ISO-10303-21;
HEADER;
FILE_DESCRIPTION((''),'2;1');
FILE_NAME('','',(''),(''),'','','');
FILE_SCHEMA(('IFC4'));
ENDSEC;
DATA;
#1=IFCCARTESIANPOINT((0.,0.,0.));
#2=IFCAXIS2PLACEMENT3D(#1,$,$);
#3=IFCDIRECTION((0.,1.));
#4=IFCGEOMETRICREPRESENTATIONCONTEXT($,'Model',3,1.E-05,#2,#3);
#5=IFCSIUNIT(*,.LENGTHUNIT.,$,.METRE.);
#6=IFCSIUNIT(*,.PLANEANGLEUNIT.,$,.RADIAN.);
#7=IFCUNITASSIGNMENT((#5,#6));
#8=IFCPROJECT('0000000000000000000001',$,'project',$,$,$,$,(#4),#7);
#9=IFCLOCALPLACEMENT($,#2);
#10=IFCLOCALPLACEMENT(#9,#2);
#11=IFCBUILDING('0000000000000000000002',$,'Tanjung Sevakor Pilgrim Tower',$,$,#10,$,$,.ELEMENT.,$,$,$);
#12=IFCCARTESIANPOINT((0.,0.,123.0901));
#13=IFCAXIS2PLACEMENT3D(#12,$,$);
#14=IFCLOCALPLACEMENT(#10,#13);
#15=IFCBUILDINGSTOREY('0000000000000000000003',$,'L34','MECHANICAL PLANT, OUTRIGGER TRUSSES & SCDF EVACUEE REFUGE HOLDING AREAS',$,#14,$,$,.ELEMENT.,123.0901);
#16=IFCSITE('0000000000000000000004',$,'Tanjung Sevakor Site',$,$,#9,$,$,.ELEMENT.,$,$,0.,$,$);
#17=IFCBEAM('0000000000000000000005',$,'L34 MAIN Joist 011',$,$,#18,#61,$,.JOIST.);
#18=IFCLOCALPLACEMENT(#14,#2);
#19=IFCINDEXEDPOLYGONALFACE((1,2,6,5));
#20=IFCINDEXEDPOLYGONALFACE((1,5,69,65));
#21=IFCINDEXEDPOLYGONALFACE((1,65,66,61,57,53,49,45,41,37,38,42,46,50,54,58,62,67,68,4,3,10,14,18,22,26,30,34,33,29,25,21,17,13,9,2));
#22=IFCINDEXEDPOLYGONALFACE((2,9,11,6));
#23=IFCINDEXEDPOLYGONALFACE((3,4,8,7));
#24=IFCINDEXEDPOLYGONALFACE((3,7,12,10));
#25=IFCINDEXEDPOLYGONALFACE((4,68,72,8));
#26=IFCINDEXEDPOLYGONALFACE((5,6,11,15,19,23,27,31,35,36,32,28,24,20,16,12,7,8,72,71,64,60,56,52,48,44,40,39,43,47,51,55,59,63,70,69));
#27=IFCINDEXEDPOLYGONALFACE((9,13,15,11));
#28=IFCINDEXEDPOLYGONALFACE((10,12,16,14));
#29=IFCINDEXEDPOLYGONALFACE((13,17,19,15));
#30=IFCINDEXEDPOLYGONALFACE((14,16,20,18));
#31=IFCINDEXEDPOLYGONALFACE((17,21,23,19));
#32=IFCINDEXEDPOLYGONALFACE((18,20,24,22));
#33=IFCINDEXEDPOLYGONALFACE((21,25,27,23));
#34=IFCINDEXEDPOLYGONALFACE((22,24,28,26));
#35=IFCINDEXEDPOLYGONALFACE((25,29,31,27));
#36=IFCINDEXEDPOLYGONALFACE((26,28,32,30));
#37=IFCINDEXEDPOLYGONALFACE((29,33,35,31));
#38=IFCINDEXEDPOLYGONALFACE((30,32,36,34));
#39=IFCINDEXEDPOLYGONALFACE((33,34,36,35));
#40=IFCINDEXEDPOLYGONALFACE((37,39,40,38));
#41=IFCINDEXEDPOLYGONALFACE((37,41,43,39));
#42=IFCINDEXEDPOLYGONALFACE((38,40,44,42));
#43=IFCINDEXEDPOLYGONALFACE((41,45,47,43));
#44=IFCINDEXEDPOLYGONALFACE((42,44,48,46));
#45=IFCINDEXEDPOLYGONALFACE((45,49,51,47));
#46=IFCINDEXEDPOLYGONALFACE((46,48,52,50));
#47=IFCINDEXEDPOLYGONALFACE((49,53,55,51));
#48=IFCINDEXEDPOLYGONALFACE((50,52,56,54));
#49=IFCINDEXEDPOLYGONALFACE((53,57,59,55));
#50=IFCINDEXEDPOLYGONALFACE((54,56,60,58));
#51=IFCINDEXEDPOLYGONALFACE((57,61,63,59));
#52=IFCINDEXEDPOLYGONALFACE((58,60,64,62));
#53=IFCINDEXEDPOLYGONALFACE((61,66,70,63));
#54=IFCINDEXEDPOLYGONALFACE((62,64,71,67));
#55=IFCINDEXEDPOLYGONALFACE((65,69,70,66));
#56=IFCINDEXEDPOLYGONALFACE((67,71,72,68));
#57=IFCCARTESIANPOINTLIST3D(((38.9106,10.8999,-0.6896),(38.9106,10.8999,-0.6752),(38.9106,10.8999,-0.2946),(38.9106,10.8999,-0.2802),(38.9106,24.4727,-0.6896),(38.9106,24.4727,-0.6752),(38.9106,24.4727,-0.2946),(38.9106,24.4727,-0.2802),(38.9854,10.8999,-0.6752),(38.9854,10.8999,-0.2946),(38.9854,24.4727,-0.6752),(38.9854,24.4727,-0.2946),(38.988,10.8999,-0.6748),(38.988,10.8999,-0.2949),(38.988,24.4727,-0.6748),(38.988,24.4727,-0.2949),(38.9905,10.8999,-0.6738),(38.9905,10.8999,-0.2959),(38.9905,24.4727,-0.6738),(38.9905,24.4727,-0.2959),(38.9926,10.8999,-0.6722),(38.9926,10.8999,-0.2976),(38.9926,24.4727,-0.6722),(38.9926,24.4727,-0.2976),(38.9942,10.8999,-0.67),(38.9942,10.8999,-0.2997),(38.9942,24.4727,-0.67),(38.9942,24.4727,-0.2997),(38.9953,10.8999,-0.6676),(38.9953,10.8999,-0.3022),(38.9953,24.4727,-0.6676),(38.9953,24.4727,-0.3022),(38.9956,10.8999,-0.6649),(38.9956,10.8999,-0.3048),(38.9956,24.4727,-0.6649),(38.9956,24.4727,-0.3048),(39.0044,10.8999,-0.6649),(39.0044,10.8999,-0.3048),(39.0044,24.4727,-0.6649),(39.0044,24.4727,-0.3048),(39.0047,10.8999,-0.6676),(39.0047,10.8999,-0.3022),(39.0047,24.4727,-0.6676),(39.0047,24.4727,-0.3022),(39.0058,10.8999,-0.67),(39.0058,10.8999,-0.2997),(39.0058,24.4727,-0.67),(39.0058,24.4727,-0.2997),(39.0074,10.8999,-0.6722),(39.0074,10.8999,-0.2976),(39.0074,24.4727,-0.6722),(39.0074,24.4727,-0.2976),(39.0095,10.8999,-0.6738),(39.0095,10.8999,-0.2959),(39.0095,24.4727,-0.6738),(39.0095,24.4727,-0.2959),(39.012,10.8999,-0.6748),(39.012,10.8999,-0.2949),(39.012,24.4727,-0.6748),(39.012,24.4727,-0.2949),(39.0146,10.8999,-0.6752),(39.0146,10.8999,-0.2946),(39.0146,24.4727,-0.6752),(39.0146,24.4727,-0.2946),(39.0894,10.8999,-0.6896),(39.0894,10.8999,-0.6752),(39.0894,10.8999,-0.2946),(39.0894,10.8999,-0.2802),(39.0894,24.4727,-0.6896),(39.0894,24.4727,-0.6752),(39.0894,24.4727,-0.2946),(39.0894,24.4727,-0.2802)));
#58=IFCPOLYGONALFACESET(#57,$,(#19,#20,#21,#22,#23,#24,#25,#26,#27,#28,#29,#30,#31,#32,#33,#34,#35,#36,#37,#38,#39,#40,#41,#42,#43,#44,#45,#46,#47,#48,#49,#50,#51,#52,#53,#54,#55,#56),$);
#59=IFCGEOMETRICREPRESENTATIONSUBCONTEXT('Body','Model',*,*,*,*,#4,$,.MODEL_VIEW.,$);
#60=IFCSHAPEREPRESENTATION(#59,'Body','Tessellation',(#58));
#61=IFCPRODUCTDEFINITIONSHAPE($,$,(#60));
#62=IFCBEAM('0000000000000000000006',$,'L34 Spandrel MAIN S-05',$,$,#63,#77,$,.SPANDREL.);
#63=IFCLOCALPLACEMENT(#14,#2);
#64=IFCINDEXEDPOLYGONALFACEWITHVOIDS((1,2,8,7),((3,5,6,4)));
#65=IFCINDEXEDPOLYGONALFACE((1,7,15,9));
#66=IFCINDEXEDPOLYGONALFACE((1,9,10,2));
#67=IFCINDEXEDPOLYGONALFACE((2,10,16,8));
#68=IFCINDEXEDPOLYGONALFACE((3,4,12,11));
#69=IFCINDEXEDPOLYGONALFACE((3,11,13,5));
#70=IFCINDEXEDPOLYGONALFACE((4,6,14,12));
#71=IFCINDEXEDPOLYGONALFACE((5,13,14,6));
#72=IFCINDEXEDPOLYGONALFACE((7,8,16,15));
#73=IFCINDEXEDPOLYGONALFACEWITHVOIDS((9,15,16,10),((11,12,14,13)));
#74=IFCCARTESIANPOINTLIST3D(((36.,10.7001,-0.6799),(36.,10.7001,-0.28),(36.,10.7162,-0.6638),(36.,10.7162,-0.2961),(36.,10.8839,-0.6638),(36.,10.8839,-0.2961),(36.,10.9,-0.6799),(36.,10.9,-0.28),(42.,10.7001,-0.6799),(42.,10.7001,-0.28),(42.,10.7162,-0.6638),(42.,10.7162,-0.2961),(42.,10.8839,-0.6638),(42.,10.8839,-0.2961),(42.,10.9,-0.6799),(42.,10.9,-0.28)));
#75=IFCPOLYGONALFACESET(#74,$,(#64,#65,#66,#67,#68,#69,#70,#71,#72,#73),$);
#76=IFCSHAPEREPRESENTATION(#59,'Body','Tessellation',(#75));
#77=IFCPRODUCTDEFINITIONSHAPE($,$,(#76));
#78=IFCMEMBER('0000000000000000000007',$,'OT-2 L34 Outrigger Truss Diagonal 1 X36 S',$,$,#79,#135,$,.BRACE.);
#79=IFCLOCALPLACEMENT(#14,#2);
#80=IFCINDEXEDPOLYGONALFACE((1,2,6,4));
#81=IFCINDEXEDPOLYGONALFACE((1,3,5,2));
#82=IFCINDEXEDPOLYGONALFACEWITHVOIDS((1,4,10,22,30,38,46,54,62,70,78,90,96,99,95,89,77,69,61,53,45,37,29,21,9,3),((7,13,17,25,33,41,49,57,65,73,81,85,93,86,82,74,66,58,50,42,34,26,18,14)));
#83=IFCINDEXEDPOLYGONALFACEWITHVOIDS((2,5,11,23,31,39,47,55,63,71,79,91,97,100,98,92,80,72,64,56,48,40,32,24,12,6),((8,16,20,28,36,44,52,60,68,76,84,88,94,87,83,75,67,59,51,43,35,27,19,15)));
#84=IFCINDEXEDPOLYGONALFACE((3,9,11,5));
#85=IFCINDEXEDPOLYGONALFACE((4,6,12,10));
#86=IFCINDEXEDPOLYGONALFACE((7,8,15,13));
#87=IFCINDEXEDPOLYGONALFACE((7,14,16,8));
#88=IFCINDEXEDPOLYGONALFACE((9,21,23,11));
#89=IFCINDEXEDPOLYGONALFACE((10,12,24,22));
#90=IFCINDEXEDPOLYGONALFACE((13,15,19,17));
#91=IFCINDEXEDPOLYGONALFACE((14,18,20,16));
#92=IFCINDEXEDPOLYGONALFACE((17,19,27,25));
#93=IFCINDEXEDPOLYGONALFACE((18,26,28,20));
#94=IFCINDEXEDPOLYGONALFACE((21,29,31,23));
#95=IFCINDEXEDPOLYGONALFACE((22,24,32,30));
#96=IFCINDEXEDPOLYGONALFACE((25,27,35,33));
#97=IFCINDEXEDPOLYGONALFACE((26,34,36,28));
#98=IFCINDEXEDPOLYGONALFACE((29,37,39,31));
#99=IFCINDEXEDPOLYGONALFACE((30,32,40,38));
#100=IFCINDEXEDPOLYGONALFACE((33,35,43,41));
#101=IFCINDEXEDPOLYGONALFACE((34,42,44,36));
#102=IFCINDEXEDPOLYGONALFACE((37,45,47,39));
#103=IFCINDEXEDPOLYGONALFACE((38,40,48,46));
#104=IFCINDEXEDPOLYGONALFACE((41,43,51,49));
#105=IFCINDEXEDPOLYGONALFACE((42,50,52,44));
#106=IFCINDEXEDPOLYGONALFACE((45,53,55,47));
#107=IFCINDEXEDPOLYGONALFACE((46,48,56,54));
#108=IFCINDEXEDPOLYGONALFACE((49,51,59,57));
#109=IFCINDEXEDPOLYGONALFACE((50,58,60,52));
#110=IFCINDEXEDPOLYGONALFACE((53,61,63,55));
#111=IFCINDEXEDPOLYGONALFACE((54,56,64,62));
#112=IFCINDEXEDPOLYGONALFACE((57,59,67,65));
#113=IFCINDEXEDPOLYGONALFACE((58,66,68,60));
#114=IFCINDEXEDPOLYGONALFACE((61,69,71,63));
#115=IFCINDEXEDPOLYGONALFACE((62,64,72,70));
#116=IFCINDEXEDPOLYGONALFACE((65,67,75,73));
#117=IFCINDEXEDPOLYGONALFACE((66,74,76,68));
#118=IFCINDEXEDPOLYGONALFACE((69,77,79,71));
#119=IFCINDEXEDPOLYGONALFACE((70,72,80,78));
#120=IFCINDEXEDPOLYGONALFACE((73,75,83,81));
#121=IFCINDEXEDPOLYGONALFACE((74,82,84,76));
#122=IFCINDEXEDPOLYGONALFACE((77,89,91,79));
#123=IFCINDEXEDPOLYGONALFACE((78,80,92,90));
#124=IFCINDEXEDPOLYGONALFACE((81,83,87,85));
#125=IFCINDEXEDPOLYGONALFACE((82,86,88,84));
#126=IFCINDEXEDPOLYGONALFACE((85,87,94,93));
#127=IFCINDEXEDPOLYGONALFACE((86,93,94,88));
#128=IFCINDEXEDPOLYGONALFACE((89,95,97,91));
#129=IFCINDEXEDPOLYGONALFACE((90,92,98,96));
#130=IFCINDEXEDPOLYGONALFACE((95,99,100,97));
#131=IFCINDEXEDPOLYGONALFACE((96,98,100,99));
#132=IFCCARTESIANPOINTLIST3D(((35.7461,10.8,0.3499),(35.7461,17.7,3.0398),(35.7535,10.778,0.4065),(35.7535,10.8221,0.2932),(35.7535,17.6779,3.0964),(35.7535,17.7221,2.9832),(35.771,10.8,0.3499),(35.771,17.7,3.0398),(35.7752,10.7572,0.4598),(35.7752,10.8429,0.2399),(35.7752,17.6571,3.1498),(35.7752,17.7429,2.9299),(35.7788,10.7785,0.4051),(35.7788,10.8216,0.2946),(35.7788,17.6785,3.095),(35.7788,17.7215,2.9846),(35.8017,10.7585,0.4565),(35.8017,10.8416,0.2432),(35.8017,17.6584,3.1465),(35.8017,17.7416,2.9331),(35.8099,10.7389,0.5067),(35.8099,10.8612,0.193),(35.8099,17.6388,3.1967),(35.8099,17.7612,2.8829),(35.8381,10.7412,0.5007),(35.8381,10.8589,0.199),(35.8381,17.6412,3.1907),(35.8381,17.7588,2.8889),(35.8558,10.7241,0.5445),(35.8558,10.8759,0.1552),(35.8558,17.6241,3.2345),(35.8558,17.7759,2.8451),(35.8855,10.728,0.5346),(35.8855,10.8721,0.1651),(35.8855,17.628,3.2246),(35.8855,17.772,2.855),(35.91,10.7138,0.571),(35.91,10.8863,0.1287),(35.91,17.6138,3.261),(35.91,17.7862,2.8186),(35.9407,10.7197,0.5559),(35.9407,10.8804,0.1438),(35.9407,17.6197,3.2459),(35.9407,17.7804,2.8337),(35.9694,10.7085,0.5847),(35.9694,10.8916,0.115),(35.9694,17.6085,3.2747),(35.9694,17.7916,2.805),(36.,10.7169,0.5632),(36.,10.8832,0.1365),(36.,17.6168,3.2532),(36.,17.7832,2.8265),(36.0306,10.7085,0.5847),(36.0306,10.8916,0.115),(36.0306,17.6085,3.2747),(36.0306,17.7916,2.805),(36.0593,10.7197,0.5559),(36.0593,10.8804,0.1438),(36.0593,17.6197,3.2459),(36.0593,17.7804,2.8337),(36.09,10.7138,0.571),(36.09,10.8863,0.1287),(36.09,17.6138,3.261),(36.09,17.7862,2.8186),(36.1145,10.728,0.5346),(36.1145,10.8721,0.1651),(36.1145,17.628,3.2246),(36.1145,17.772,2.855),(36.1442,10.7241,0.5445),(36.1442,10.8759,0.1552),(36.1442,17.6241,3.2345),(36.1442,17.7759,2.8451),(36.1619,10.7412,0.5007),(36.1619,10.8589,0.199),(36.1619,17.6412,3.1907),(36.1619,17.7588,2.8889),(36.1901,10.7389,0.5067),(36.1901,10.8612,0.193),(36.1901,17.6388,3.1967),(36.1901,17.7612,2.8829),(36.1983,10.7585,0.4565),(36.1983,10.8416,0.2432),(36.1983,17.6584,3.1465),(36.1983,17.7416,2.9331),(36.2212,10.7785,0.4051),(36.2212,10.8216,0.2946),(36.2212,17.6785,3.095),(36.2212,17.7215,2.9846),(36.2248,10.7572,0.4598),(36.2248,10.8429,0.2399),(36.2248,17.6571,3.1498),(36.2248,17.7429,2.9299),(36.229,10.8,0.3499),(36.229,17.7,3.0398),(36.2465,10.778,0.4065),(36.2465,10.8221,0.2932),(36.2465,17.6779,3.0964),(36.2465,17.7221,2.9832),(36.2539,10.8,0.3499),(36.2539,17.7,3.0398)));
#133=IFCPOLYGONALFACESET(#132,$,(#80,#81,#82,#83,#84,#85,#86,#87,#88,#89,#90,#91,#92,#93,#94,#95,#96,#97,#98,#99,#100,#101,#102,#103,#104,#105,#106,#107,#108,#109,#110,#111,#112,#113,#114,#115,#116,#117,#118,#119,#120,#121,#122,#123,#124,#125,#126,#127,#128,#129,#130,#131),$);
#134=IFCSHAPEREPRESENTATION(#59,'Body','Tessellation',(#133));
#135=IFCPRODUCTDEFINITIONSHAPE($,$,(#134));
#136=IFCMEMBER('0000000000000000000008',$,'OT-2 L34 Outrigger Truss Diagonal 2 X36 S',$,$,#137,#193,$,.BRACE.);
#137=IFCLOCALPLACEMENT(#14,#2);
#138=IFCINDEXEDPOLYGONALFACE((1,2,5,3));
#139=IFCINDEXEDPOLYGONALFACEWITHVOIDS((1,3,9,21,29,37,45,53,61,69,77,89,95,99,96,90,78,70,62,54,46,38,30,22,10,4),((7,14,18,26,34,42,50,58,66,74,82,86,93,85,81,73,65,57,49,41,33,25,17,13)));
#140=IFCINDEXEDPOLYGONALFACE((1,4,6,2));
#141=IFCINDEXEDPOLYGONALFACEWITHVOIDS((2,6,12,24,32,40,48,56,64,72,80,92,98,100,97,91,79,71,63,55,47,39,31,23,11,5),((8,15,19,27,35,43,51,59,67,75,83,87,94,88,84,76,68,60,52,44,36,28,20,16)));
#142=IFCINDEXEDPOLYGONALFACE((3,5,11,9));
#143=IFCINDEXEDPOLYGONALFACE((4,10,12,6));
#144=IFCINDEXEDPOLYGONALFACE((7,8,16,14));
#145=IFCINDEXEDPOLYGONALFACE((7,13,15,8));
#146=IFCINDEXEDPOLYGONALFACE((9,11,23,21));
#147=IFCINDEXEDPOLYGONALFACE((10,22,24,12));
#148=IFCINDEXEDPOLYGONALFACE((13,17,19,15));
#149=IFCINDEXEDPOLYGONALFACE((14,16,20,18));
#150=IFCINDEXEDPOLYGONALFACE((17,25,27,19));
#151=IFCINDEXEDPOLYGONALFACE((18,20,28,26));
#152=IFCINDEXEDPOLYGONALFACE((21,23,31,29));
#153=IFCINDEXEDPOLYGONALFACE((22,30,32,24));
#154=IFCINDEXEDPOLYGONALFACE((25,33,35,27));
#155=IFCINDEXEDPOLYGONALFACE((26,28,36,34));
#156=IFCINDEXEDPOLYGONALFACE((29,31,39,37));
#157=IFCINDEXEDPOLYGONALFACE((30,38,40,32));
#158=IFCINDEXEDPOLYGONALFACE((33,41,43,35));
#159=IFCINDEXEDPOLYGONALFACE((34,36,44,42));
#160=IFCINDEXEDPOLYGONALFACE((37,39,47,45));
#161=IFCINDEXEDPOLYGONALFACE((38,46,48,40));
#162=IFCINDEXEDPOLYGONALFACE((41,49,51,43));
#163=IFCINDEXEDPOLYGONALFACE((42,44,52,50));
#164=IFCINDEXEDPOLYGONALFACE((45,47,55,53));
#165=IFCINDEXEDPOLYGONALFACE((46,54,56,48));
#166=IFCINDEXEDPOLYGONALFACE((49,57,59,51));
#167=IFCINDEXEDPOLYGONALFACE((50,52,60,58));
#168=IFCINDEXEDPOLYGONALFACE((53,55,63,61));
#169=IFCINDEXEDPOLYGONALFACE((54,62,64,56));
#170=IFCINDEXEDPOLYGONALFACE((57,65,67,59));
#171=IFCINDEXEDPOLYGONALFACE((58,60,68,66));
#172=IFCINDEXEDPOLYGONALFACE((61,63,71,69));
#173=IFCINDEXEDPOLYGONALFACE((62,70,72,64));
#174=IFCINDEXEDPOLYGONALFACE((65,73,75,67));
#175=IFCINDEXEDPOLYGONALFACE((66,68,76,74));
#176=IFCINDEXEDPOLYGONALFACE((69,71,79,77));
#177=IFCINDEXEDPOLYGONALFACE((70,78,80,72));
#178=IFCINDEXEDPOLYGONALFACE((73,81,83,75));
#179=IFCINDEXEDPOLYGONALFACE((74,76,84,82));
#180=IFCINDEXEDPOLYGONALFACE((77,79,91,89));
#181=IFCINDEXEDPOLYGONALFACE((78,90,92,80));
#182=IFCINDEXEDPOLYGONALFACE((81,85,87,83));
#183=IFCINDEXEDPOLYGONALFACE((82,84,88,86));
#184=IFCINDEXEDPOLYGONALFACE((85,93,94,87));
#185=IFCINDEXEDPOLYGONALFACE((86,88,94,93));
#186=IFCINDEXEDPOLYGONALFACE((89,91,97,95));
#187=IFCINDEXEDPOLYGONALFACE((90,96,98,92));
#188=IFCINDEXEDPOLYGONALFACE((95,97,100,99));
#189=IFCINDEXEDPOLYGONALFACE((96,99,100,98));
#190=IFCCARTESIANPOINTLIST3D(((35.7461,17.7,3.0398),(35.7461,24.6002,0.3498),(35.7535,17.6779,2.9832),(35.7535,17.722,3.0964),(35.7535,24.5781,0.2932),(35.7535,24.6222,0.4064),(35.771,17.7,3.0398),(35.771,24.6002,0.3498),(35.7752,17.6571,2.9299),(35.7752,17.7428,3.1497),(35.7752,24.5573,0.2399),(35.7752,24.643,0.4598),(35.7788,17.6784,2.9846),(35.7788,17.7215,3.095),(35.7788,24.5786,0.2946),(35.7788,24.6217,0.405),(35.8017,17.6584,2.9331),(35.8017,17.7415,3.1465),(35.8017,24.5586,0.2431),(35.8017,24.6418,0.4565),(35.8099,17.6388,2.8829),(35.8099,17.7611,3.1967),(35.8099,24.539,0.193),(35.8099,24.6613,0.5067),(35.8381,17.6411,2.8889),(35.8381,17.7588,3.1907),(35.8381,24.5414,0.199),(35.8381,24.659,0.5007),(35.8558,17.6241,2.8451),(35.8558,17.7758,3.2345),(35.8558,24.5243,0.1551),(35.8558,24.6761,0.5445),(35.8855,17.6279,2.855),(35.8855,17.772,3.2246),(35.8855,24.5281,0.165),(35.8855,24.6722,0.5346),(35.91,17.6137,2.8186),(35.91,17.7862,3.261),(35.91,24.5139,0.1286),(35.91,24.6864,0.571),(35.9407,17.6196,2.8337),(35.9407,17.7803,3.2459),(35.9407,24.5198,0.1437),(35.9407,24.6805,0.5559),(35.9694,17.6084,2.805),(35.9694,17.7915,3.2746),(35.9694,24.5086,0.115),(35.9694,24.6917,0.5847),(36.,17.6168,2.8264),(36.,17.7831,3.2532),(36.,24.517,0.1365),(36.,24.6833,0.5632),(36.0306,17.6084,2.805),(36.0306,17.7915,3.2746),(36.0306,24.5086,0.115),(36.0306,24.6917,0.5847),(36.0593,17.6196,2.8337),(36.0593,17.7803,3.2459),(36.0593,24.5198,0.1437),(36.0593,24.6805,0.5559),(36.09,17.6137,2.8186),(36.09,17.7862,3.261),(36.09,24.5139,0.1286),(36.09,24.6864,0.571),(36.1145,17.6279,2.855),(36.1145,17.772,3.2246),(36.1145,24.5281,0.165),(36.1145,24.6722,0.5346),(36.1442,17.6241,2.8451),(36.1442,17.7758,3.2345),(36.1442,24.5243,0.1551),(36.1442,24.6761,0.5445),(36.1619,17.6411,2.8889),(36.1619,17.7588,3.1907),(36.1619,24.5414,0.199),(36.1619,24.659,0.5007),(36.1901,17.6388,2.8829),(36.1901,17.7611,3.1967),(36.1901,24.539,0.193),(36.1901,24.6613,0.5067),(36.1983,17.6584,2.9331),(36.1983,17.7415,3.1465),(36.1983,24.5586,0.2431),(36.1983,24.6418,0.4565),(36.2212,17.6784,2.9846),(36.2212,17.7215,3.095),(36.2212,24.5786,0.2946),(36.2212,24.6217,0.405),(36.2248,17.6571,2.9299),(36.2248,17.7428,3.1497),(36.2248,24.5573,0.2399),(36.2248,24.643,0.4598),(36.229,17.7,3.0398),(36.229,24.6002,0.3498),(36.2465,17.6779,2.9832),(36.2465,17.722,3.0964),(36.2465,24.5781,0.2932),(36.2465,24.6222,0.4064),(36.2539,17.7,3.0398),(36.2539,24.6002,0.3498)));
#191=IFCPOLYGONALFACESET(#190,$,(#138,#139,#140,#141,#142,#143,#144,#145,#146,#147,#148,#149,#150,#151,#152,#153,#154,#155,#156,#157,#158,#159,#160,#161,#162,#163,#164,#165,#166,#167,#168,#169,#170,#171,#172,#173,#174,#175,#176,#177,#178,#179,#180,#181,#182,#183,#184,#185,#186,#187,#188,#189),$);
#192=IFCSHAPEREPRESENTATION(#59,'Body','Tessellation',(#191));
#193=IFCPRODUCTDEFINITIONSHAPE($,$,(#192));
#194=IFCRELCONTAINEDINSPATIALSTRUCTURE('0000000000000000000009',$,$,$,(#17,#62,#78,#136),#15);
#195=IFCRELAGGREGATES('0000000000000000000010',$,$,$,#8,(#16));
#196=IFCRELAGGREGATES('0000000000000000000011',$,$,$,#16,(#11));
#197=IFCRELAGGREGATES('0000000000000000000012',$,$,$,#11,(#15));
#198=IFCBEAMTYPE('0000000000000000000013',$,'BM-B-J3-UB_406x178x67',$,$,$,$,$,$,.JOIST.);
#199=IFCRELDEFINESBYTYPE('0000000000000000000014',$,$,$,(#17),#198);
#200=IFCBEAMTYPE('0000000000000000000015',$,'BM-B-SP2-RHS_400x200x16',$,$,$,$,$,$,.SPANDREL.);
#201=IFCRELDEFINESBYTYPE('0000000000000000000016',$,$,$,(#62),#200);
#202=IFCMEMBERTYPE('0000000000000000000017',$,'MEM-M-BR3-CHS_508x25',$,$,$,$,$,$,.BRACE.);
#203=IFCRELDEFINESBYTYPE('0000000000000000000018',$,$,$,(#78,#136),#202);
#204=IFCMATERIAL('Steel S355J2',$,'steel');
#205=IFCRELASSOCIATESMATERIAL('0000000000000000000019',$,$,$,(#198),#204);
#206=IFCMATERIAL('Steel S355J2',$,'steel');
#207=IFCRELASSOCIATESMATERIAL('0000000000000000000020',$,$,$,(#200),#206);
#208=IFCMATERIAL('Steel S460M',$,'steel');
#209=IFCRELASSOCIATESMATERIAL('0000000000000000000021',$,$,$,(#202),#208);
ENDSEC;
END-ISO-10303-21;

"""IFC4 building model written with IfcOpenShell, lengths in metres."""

from ifc_helpers import new_model, si_unit, direction, frame, origin, origin_2d, place, context, subcontext, project, spatial, hollow_rectangle, hollow_circle, i_section, extrude, material, material_profile, profile_set, type_object, element, save


model = new_model("IFC4")

# Units and contexts
model_context = context("Model", 3, precision=1e-05, world=origin(), true_north=direction((0.0, 1.0)))
body_context = subcontext(model_context, "Body", "Model", "MODEL_VIEW")
ifc_project = project(units=[si_unit("LENGTHUNIT", "METRE"), si_unit("PLANEANGLEUNIT", "RADIAN")], contexts=[model_context])

# Site, building, storey
site_placement = place(None, origin())
site = spatial("IfcSite", under=ifc_project, at=site_placement, Name="Tanjung Sevakor Site", CompositionType="ELEMENT", RefElevation=0.0)
building_placement = place(site_placement, origin())
building = spatial("IfcBuilding", under=site, at=building_placement, Name="Tanjung Sevakor Pilgrim Tower", CompositionType="ELEMENT")
storey_placement = place(building_placement, frame((0.0, 0.0, 123.0901)))
storey = spatial("IfcBuildingStorey", under=building, at=storey_placement, Name="L34", Description="MECHANICAL PLANT, OUTRIGGER TRUSSES & SCDF EVACUEE REFUGE HOLDING AREAS", CompositionType="ELEMENT", Elevation=123.0901)

# Beams
ifc_material_1 = material(Name="Steel S355J2", Category="steel")
ifc_material_profile_1 = material_profile(ifc_material_1, i_section(OverallWidth=0.1787, OverallDepth=0.4094, WebThickness=0.0088, FlangeThickness=0.0144, FilletRadius=0.0103, at=origin_2d()))
ifc_profile_set_1 = profile_set([ifc_material_profile_1], Name="Steel S355J2")
beam_type_1 = type_object("IfcBeamType", Name="BM-B-J3-UB_406x178x67", PredefinedType="JOIST", material=ifc_profile_set_1)
beam_1_placement = place(storey_placement, frame((39.0, 10.8999, -0.4849), z_axis=(0.0, 1.0, 0.0), x_axis=(-1.0, 0.0, 0.0)))
element("IfcBeam", 1, at=beam_1_placement, inside=storey, type_object=beam_type_1, Name="L34 MAIN Joist 011", PredefinedType="JOIST", context=body_context, shape_type="SweptSolid", body=[
    extrude(i_section(OverallWidth=0.1787, OverallDepth=0.4094, WebThickness=0.0088, FlangeThickness=0.0144, FilletRadius=0.0103, at=origin_2d()), origin(), (0.0, 0.0, 1.0), 13.5728),
])
ifc_material_2 = material(Name="Steel S355J2", Category="steel")
ifc_material_profile_2 = material_profile(ifc_material_2, hollow_rectangle(XDim=0.2, YDim=0.3999, WallThickness=0.0161, at=origin_2d()))
ifc_profile_set_2 = profile_set([ifc_material_profile_2], Name="Steel S355J2")
beam_type_2 = type_object("IfcBeamType", Name="BM-B-SP2-RHS_400x200x16", PredefinedType="SPANDREL", material=ifc_profile_set_2)
beam_2_placement = place(storey_placement, frame((36.0, 10.8, -0.48), z_axis=(1.0, 0.0, 0.0), x_axis=(0.0, 1.0, 0.0)))
element("IfcBeam", 2, at=beam_2_placement, inside=storey, type_object=beam_type_2, Name="L34 Spandrel MAIN S-05", PredefinedType="SPANDREL", context=body_context, shape_type="SweptSolid", body=[
    extrude(hollow_rectangle(XDim=0.2, YDim=0.3999, WallThickness=0.0161, at=origin_2d()), origin(), (0.0, 0.0, 1.0), 6.0),
])

# Members
ifc_material_3 = material(Name="Steel S460M", Category="steel")
ifc_material_profile_3 = material_profile(ifc_material_3, hollow_circle(Radius=0.2539, WallThickness=0.0249, at=origin_2d()))
ifc_profile_set_3 = profile_set([ifc_material_profile_3], Name="Steel S460M")
member_type_1 = type_object("IfcMemberType", Name="MEM-M-BR3-CHS_508x25", PredefinedType="BRACE", material=ifc_profile_set_3)
member_1_placement = place(storey_placement, frame((36.0, 10.8, 0.3499), z_axis=(0.0, 0.931701, 0.363226), x_axis=(-1.0, 0.0, 0.0)))
element("IfcMember", 3, at=member_1_placement, inside=storey, type_object=member_type_1, Name="OT-2 L34 Outrigger Truss Diagonal 1 X36 S", PredefinedType="BRACE", context=body_context, shape_type="SweptSolid", body=[
    extrude(hollow_circle(Radius=0.2539, WallThickness=0.0249, at=origin_2d()), origin(), (0.0, 0.0, 1.0), 7.4058),
])
member_2_placement = place(storey_placement, frame((36.0, 17.7, 3.0398), z_axis=(0.0, 0.931706, -0.363215), x_axis=(-1.0, 0.0, 0.0)))
element("IfcMember", 4, at=member_2_placement, inside=storey, type_object=member_type_1, Name="OT-2 L34 Outrigger Truss Diagonal 2 X36 S", PredefinedType="BRACE", context=body_context, shape_type="SweptSolid", body=[
    extrude(hollow_circle(Radius=0.2539, WallThickness=0.0249, at=origin_2d()), origin(), (0.0, 0.0, 1.0), 7.406),
])

save(model, "model.ifc")
